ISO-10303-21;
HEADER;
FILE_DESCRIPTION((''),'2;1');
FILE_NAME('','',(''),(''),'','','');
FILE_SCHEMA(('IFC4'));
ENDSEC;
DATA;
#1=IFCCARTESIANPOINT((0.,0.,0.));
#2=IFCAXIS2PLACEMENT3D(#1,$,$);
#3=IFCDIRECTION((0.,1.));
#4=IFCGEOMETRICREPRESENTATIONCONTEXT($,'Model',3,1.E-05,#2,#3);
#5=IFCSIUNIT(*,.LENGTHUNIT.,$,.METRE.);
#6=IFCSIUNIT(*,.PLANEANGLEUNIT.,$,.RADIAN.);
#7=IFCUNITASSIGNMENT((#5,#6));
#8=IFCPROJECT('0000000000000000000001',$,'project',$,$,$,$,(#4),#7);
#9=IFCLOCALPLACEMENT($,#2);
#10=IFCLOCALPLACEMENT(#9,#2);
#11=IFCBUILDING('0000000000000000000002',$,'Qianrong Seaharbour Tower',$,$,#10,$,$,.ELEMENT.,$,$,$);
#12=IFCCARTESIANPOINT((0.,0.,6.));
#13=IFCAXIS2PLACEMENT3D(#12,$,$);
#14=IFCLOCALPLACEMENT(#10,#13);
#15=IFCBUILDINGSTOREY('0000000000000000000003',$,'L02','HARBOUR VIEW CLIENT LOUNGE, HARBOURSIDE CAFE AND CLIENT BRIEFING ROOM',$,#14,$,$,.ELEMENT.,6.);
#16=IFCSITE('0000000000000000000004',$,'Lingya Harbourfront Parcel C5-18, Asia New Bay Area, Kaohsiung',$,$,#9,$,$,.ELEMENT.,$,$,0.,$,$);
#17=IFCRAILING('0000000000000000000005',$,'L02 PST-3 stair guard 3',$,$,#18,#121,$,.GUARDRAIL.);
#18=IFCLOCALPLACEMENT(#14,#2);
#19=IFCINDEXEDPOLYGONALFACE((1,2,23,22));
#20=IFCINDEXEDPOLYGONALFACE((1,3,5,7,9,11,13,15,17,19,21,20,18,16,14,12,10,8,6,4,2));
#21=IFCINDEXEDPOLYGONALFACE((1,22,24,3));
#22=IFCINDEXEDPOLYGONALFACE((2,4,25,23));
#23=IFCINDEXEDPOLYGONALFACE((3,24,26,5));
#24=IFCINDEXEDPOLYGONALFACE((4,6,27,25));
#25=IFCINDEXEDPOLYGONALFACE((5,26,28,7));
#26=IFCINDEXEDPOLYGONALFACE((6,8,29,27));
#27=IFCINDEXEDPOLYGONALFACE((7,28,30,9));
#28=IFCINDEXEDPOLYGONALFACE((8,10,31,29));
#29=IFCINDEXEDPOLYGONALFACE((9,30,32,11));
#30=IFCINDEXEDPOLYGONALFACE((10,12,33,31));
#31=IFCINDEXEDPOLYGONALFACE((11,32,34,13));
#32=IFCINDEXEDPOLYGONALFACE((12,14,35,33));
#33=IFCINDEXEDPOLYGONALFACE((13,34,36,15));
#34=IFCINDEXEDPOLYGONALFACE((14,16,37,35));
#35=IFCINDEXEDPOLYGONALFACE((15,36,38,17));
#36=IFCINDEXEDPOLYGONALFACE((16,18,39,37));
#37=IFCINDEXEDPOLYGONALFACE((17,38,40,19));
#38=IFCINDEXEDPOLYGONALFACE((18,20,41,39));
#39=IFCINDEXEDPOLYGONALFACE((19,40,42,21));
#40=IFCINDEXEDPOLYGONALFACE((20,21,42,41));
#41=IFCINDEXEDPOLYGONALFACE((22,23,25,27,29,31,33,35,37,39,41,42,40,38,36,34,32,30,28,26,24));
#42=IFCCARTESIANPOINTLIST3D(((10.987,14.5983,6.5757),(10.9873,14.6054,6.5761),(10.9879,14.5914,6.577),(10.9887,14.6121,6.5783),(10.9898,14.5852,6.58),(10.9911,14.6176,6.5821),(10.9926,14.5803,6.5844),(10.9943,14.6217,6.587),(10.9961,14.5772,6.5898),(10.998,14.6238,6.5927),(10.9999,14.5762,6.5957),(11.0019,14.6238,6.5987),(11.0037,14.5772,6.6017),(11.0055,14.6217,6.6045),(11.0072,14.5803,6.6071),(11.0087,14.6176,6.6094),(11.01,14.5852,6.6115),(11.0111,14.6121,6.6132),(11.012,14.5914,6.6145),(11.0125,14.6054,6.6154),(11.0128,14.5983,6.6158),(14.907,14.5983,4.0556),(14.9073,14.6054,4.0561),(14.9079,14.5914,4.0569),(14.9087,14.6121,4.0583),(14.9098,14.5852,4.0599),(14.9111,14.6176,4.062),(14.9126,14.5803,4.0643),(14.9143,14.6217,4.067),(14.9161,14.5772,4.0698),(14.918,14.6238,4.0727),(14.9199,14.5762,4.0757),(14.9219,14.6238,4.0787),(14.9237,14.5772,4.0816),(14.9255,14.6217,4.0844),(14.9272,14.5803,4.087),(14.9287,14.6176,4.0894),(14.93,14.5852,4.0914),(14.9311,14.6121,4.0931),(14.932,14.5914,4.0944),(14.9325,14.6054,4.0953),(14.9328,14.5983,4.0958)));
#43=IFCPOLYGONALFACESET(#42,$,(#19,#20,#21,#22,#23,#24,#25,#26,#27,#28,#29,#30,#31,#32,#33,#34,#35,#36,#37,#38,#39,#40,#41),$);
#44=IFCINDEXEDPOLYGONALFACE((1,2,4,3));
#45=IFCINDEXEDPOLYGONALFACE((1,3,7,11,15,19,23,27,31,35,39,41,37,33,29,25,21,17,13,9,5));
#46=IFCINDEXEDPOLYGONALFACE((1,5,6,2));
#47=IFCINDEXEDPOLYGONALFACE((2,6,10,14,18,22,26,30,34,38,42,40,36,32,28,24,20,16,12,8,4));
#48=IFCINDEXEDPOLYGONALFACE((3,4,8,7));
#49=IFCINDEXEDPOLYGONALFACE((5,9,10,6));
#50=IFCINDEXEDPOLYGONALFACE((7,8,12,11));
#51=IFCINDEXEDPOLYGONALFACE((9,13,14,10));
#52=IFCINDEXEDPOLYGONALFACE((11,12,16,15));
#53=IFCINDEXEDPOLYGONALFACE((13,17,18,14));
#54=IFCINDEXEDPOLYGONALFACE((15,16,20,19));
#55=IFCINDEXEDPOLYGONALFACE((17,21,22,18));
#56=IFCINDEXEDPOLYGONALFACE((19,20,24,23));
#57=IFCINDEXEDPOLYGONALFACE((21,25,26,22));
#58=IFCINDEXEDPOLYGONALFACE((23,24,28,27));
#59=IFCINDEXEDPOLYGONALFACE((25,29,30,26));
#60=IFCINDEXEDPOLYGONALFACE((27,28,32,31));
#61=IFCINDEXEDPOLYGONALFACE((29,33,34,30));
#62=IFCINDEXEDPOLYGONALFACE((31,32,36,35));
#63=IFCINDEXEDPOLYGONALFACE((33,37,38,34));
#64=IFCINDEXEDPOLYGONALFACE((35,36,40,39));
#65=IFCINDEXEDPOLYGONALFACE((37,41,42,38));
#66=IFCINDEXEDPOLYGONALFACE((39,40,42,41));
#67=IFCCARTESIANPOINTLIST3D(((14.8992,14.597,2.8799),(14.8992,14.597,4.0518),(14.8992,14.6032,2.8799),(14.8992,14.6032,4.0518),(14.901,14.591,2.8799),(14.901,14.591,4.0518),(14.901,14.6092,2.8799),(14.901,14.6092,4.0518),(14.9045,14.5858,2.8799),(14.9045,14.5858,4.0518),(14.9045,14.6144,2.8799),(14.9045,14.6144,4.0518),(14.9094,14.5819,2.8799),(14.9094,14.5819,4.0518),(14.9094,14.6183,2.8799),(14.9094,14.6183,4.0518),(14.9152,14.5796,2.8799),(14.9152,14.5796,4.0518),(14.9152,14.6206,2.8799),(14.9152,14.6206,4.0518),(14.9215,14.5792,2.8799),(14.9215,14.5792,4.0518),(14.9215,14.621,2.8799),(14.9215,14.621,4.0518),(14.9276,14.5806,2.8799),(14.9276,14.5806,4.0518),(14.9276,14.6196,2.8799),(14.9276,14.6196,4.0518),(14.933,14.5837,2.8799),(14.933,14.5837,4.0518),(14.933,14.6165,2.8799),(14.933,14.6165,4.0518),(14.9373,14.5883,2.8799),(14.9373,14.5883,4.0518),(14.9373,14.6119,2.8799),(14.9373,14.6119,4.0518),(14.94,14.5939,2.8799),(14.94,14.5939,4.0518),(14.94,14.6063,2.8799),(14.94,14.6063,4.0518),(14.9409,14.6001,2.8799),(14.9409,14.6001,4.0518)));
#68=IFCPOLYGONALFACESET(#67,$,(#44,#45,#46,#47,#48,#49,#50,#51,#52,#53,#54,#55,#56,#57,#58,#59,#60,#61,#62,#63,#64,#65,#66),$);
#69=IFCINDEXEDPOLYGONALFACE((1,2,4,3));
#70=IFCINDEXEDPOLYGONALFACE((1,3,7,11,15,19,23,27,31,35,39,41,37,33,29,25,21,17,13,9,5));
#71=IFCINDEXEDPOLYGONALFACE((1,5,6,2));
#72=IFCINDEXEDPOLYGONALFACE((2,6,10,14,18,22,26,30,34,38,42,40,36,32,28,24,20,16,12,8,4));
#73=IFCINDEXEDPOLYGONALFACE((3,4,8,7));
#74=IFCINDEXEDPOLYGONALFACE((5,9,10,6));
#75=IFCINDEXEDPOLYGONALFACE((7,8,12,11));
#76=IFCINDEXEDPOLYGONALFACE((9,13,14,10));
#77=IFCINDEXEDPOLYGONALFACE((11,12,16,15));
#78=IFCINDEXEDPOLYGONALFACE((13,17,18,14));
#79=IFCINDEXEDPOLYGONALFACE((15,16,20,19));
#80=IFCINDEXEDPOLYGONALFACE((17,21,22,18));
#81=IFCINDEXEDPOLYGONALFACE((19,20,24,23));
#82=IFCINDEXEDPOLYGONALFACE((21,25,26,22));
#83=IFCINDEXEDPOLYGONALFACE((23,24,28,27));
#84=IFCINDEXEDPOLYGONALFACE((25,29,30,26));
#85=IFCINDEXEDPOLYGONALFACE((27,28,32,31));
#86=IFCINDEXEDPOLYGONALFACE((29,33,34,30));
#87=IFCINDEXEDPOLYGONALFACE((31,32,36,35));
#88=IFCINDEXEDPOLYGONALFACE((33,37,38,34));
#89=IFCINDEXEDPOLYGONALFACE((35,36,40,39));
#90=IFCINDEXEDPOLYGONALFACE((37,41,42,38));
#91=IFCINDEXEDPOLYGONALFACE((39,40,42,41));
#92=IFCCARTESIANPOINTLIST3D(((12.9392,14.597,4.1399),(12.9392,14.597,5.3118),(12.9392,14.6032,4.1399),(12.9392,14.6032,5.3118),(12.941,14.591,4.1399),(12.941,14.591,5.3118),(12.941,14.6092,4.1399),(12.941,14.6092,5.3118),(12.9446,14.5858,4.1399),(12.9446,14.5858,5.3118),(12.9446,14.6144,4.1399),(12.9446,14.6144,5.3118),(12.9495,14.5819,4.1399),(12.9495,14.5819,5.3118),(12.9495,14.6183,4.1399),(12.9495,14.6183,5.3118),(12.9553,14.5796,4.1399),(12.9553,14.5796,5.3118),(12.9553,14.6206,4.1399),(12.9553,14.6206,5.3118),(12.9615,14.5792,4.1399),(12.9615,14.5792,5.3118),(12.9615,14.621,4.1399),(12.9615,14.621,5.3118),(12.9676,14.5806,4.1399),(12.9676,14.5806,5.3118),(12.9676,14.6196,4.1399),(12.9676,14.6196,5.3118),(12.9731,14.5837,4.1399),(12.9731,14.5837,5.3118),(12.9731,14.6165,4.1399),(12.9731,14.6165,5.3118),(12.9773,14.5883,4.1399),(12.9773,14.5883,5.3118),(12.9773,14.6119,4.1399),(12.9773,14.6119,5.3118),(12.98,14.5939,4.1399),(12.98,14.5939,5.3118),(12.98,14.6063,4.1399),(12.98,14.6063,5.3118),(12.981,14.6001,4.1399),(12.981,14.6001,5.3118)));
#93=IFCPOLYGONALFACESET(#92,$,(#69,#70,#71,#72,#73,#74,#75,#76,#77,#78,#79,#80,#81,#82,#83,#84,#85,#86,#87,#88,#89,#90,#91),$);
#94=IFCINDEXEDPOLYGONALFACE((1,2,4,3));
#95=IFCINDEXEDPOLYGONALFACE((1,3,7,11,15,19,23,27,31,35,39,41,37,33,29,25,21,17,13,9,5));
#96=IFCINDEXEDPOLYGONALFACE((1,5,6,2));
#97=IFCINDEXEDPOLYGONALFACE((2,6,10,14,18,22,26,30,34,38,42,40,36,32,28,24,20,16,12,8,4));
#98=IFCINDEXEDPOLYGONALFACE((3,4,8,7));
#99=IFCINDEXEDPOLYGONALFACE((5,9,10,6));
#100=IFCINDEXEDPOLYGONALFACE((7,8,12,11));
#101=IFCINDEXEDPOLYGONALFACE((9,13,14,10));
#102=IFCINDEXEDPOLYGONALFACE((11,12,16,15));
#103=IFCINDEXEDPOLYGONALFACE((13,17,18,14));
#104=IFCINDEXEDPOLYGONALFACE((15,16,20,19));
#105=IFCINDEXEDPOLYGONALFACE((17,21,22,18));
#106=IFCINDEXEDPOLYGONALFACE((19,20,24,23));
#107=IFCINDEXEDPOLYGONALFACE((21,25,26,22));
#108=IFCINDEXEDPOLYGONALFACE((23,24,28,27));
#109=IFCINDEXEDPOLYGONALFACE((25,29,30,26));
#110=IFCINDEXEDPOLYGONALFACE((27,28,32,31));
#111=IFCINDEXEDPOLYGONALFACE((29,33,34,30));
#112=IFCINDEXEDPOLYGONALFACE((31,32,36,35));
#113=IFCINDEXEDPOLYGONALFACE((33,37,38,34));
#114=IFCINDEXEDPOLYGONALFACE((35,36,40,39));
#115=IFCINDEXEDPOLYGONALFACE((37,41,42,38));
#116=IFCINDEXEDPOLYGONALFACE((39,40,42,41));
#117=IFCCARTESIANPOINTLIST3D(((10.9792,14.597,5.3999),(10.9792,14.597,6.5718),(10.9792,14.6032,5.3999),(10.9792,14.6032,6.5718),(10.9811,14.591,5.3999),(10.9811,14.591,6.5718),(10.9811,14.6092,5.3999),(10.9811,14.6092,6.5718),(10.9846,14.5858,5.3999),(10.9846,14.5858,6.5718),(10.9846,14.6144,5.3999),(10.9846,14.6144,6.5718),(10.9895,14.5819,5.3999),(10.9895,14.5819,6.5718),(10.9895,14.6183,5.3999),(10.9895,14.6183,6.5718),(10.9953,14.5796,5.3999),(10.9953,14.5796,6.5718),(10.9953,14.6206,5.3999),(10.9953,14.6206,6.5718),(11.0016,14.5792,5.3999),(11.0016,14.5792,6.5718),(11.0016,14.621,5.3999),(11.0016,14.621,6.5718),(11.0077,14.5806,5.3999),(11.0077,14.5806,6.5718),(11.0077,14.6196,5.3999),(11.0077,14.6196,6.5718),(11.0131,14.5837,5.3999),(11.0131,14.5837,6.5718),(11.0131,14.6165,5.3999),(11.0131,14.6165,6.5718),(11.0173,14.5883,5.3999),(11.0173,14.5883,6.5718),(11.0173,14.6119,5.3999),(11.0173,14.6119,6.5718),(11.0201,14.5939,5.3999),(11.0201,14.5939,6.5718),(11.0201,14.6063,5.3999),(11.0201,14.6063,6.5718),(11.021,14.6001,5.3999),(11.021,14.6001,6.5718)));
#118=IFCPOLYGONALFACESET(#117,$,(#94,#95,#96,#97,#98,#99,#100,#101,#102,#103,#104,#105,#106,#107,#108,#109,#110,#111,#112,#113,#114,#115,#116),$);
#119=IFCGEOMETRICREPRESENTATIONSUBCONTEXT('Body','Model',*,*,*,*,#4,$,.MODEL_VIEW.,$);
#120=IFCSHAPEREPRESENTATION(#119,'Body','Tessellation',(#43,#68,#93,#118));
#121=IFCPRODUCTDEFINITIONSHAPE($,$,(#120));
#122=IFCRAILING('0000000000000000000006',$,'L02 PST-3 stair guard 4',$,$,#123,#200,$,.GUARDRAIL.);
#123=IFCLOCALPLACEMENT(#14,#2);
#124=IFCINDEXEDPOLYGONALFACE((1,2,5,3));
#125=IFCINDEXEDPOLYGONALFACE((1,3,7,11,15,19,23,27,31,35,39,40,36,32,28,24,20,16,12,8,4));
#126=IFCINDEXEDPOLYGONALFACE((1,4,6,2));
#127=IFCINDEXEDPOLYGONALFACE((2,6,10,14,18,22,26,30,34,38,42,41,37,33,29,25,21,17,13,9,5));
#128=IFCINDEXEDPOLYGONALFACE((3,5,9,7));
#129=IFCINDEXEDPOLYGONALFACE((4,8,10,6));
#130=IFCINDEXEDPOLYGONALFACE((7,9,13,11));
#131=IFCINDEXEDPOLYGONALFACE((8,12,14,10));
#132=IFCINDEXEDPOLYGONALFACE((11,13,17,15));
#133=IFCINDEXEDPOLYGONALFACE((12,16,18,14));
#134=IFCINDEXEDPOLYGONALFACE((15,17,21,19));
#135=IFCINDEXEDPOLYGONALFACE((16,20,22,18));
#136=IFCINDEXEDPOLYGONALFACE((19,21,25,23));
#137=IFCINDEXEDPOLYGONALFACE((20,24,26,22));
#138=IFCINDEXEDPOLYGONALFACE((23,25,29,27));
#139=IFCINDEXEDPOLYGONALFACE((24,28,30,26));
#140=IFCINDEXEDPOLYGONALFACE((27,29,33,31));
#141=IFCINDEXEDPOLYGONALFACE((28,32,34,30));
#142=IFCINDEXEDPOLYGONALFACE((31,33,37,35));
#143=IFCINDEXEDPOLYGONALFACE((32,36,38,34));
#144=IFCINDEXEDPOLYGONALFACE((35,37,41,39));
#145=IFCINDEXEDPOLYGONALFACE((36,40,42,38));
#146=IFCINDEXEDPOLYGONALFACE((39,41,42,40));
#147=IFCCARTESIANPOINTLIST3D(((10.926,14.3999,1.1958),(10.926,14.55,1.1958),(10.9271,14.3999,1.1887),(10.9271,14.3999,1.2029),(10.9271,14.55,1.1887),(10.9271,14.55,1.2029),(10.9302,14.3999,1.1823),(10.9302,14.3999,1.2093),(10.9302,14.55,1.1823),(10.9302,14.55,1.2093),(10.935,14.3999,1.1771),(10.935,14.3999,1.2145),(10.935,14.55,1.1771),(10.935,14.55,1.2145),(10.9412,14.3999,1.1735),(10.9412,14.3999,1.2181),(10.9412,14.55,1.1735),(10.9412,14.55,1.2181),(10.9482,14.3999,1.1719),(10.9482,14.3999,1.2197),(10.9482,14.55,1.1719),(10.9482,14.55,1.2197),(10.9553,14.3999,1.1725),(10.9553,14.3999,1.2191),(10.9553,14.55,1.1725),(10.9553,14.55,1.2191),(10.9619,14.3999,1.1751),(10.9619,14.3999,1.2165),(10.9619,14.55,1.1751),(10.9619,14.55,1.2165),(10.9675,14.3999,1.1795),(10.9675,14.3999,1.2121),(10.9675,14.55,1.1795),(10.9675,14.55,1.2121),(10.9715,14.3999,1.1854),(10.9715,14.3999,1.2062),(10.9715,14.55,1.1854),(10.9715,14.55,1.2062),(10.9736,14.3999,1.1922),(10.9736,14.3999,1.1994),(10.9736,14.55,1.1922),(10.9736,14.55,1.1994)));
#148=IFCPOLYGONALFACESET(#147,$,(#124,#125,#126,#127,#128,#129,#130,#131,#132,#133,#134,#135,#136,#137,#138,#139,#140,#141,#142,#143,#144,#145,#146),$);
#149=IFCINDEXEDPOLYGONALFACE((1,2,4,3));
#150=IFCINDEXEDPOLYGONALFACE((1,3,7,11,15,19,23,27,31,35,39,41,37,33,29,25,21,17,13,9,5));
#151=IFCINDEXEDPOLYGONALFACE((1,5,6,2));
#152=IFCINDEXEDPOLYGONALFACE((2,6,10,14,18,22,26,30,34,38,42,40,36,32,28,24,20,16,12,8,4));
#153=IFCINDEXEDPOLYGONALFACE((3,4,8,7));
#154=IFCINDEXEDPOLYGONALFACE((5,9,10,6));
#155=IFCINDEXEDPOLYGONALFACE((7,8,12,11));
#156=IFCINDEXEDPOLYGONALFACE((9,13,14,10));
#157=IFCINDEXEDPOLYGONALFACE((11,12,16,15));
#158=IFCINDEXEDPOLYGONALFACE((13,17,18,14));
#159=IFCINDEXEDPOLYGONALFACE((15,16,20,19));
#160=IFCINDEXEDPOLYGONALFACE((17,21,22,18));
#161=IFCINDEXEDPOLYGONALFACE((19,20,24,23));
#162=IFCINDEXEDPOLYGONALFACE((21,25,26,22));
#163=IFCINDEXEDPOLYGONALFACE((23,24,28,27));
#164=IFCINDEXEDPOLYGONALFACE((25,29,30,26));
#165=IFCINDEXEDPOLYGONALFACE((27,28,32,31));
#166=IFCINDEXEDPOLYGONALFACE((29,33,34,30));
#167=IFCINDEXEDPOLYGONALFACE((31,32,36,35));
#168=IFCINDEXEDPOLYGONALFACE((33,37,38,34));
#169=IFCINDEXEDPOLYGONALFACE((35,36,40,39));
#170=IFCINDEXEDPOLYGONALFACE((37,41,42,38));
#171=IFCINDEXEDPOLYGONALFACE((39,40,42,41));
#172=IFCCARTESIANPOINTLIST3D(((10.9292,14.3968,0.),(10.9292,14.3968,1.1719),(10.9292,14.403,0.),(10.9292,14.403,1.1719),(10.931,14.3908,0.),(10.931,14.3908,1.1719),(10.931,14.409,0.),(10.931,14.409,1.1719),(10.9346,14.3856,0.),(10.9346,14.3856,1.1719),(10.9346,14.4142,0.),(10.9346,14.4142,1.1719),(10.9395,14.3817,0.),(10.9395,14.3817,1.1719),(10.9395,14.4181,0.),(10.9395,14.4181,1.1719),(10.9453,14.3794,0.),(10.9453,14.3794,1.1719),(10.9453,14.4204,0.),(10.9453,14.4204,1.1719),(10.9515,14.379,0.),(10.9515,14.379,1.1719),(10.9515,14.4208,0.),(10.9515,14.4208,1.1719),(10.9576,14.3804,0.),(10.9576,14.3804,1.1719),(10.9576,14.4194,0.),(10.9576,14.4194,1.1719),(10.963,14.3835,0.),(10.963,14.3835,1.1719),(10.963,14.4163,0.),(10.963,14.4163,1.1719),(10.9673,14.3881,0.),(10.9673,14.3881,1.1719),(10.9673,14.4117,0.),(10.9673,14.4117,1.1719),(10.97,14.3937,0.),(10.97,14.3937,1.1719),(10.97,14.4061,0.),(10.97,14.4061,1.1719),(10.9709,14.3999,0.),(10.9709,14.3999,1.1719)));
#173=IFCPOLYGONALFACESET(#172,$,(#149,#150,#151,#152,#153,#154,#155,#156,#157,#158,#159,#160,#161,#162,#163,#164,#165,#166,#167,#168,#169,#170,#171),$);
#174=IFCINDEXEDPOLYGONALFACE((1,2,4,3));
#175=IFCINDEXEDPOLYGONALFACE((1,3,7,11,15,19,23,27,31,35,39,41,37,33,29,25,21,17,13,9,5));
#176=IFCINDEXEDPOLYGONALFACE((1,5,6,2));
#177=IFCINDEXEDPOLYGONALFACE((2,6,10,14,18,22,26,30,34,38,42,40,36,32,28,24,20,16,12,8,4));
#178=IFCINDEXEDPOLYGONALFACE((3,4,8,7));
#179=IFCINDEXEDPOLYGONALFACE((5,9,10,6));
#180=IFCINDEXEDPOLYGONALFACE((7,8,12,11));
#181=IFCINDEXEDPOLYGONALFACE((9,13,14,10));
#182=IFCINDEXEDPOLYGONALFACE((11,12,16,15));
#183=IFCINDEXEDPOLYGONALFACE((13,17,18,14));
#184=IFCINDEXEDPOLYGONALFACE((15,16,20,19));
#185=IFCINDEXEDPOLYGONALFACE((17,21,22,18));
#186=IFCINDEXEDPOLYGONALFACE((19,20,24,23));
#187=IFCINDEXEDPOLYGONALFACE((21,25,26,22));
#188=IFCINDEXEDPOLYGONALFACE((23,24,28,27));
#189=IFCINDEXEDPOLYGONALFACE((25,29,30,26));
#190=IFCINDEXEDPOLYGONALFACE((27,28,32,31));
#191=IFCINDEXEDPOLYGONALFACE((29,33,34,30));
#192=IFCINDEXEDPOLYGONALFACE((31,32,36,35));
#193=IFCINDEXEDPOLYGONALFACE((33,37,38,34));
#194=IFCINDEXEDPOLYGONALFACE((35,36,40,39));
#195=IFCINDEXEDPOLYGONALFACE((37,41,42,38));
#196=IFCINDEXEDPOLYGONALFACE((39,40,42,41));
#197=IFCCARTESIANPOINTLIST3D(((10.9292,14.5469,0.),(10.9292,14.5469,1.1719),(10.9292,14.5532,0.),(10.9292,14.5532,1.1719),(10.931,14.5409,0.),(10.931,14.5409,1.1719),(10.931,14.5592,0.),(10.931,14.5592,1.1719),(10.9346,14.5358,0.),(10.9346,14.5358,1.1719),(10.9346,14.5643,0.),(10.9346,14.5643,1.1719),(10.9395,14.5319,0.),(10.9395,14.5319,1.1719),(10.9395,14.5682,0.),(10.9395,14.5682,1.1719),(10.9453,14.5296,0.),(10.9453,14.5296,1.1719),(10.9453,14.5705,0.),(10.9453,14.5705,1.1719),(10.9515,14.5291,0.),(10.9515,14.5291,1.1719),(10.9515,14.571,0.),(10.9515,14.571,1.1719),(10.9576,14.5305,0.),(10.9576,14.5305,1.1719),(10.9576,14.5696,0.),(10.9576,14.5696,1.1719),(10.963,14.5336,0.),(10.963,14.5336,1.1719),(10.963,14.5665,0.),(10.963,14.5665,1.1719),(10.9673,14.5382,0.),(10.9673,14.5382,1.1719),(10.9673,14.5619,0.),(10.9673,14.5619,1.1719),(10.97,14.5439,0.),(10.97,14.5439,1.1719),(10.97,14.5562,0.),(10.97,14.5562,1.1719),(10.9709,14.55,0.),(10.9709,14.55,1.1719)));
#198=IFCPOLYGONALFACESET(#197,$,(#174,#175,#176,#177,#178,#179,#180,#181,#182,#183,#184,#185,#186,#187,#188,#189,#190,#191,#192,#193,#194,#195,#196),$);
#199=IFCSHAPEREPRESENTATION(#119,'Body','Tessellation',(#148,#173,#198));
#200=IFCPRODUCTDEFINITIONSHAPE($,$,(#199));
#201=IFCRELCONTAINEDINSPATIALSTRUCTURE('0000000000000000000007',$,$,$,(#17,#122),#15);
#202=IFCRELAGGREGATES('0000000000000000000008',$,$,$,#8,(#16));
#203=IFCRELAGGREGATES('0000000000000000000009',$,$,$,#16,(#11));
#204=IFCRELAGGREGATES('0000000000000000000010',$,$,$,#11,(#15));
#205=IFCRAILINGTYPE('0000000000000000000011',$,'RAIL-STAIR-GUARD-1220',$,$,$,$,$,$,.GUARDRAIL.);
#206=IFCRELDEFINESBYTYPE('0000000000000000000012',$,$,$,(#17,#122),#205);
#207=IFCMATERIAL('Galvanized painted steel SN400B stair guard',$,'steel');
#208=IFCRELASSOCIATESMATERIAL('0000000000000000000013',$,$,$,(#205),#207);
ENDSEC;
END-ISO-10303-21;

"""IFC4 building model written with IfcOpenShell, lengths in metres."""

from ifc_helpers import new_model, si_unit, direction, frame, origin, origin_2d, place, context, subcontext, project, spatial, circle, extrude, material, type_object, element, save


model = new_model("IFC4")

# Units and contexts
model_context = context("Model", 3, precision=1e-05, world=origin(), true_north=direction((0.0, 1.0)))
body_context = subcontext(model_context, "Body", "Model", "MODEL_VIEW")
ifc_project = project(units=[si_unit("LENGTHUNIT", "METRE"), si_unit("PLANEANGLEUNIT", "RADIAN")], contexts=[model_context])

# Site, building, storey
site_placement = place(None, origin())
site = spatial("IfcSite", under=ifc_project, at=site_placement, Name="Lingya Harbourfront Parcel C5-18, Asia New Bay Area, Kaohsiung", CompositionType="ELEMENT", RefElevation=0.0)
building_placement = place(site_placement, origin())
building = spatial("IfcBuilding", under=site, at=building_placement, Name="Qianrong Seaharbour Tower", CompositionType="ELEMENT")
storey_placement = place(building_placement, frame((0.0, 0.0, 6.0)))
storey = spatial("IfcBuildingStorey", under=building, at=storey_placement, Name="L02", Description="HARBOUR VIEW CLIENT LOUNGE, HARBOURSIDE CAFE AND CLIENT BRIEFING ROOM", CompositionType="ELEMENT", Elevation=6.0)

# Railings
ifc_material_1 = material(Name="Galvanized painted steel SN400B stair guard", Category="steel")
railing_type_1 = type_object("IfcRailingType", Name="RAIL-STAIR-GUARD-1220", PredefinedType="GUARDRAIL", material=ifc_material_1)
railing_1_placement = place(storey_placement, frame((14.9199, 14.6001, 2.8799)))
element("IfcRailing", 1, at=railing_1_placement, inside=storey, type_object=railing_type_1, Name="L02 PST-3 stair guard 3", PredefinedType="GUARDRAIL", context=body_context, shape_type="SweptSolid", body=[
    extrude(circle(Radius=0.0239, at=origin_2d()), frame((0.0, 0.0, 1.1958), z_axis=(-0.841172, 0.0, 0.540768), x_axis=(0.0, -1.0, 0.0)), (0.0, 0.0, 1.0), 4.6602),
    extrude(circle(Radius=0.021, at=origin_2d()), origin(), (0.0, 0.0, 1.0), 1.1719),
    extrude(circle(Radius=0.021, at=origin_2d()), frame((-1.96, 0.0, 1.26)), (0.0, 0.0, 1.0), 1.1719),
    extrude(circle(Radius=0.021, at=origin_2d()), frame((-3.9199, 0.0, 2.52)), (0.0, 0.0, 1.0), 1.1719),
])
railing_2_placement = place(storey_placement, frame((10.95, 14.3999, 0.0)))
element("IfcRailing", 2, at=railing_2_placement, inside=storey, type_object=railing_type_1, Name="L02 PST-3 stair guard 4", PredefinedType="GUARDRAIL", context=body_context, shape_type="SweptSolid", body=[
    extrude(circle(Radius=0.0239, at=origin_2d()), frame((0.0, 0.0, 1.1958), z_axis=(0.0, 1.0, 0.0), x_axis=(-1.0, 0.0, 0.0)), (0.0, 0.0, 1.0), 0.1501),
    extrude(circle(Radius=0.021, at=origin_2d()), origin(), (0.0, 0.0, 1.0), 1.1719),
    extrude(circle(Radius=0.021, at=origin_2d()), frame((0.0, 0.1501, 0.0)), (0.0, 0.0, 1.0), 1.1719),
])

save(model, "model.ifc")
